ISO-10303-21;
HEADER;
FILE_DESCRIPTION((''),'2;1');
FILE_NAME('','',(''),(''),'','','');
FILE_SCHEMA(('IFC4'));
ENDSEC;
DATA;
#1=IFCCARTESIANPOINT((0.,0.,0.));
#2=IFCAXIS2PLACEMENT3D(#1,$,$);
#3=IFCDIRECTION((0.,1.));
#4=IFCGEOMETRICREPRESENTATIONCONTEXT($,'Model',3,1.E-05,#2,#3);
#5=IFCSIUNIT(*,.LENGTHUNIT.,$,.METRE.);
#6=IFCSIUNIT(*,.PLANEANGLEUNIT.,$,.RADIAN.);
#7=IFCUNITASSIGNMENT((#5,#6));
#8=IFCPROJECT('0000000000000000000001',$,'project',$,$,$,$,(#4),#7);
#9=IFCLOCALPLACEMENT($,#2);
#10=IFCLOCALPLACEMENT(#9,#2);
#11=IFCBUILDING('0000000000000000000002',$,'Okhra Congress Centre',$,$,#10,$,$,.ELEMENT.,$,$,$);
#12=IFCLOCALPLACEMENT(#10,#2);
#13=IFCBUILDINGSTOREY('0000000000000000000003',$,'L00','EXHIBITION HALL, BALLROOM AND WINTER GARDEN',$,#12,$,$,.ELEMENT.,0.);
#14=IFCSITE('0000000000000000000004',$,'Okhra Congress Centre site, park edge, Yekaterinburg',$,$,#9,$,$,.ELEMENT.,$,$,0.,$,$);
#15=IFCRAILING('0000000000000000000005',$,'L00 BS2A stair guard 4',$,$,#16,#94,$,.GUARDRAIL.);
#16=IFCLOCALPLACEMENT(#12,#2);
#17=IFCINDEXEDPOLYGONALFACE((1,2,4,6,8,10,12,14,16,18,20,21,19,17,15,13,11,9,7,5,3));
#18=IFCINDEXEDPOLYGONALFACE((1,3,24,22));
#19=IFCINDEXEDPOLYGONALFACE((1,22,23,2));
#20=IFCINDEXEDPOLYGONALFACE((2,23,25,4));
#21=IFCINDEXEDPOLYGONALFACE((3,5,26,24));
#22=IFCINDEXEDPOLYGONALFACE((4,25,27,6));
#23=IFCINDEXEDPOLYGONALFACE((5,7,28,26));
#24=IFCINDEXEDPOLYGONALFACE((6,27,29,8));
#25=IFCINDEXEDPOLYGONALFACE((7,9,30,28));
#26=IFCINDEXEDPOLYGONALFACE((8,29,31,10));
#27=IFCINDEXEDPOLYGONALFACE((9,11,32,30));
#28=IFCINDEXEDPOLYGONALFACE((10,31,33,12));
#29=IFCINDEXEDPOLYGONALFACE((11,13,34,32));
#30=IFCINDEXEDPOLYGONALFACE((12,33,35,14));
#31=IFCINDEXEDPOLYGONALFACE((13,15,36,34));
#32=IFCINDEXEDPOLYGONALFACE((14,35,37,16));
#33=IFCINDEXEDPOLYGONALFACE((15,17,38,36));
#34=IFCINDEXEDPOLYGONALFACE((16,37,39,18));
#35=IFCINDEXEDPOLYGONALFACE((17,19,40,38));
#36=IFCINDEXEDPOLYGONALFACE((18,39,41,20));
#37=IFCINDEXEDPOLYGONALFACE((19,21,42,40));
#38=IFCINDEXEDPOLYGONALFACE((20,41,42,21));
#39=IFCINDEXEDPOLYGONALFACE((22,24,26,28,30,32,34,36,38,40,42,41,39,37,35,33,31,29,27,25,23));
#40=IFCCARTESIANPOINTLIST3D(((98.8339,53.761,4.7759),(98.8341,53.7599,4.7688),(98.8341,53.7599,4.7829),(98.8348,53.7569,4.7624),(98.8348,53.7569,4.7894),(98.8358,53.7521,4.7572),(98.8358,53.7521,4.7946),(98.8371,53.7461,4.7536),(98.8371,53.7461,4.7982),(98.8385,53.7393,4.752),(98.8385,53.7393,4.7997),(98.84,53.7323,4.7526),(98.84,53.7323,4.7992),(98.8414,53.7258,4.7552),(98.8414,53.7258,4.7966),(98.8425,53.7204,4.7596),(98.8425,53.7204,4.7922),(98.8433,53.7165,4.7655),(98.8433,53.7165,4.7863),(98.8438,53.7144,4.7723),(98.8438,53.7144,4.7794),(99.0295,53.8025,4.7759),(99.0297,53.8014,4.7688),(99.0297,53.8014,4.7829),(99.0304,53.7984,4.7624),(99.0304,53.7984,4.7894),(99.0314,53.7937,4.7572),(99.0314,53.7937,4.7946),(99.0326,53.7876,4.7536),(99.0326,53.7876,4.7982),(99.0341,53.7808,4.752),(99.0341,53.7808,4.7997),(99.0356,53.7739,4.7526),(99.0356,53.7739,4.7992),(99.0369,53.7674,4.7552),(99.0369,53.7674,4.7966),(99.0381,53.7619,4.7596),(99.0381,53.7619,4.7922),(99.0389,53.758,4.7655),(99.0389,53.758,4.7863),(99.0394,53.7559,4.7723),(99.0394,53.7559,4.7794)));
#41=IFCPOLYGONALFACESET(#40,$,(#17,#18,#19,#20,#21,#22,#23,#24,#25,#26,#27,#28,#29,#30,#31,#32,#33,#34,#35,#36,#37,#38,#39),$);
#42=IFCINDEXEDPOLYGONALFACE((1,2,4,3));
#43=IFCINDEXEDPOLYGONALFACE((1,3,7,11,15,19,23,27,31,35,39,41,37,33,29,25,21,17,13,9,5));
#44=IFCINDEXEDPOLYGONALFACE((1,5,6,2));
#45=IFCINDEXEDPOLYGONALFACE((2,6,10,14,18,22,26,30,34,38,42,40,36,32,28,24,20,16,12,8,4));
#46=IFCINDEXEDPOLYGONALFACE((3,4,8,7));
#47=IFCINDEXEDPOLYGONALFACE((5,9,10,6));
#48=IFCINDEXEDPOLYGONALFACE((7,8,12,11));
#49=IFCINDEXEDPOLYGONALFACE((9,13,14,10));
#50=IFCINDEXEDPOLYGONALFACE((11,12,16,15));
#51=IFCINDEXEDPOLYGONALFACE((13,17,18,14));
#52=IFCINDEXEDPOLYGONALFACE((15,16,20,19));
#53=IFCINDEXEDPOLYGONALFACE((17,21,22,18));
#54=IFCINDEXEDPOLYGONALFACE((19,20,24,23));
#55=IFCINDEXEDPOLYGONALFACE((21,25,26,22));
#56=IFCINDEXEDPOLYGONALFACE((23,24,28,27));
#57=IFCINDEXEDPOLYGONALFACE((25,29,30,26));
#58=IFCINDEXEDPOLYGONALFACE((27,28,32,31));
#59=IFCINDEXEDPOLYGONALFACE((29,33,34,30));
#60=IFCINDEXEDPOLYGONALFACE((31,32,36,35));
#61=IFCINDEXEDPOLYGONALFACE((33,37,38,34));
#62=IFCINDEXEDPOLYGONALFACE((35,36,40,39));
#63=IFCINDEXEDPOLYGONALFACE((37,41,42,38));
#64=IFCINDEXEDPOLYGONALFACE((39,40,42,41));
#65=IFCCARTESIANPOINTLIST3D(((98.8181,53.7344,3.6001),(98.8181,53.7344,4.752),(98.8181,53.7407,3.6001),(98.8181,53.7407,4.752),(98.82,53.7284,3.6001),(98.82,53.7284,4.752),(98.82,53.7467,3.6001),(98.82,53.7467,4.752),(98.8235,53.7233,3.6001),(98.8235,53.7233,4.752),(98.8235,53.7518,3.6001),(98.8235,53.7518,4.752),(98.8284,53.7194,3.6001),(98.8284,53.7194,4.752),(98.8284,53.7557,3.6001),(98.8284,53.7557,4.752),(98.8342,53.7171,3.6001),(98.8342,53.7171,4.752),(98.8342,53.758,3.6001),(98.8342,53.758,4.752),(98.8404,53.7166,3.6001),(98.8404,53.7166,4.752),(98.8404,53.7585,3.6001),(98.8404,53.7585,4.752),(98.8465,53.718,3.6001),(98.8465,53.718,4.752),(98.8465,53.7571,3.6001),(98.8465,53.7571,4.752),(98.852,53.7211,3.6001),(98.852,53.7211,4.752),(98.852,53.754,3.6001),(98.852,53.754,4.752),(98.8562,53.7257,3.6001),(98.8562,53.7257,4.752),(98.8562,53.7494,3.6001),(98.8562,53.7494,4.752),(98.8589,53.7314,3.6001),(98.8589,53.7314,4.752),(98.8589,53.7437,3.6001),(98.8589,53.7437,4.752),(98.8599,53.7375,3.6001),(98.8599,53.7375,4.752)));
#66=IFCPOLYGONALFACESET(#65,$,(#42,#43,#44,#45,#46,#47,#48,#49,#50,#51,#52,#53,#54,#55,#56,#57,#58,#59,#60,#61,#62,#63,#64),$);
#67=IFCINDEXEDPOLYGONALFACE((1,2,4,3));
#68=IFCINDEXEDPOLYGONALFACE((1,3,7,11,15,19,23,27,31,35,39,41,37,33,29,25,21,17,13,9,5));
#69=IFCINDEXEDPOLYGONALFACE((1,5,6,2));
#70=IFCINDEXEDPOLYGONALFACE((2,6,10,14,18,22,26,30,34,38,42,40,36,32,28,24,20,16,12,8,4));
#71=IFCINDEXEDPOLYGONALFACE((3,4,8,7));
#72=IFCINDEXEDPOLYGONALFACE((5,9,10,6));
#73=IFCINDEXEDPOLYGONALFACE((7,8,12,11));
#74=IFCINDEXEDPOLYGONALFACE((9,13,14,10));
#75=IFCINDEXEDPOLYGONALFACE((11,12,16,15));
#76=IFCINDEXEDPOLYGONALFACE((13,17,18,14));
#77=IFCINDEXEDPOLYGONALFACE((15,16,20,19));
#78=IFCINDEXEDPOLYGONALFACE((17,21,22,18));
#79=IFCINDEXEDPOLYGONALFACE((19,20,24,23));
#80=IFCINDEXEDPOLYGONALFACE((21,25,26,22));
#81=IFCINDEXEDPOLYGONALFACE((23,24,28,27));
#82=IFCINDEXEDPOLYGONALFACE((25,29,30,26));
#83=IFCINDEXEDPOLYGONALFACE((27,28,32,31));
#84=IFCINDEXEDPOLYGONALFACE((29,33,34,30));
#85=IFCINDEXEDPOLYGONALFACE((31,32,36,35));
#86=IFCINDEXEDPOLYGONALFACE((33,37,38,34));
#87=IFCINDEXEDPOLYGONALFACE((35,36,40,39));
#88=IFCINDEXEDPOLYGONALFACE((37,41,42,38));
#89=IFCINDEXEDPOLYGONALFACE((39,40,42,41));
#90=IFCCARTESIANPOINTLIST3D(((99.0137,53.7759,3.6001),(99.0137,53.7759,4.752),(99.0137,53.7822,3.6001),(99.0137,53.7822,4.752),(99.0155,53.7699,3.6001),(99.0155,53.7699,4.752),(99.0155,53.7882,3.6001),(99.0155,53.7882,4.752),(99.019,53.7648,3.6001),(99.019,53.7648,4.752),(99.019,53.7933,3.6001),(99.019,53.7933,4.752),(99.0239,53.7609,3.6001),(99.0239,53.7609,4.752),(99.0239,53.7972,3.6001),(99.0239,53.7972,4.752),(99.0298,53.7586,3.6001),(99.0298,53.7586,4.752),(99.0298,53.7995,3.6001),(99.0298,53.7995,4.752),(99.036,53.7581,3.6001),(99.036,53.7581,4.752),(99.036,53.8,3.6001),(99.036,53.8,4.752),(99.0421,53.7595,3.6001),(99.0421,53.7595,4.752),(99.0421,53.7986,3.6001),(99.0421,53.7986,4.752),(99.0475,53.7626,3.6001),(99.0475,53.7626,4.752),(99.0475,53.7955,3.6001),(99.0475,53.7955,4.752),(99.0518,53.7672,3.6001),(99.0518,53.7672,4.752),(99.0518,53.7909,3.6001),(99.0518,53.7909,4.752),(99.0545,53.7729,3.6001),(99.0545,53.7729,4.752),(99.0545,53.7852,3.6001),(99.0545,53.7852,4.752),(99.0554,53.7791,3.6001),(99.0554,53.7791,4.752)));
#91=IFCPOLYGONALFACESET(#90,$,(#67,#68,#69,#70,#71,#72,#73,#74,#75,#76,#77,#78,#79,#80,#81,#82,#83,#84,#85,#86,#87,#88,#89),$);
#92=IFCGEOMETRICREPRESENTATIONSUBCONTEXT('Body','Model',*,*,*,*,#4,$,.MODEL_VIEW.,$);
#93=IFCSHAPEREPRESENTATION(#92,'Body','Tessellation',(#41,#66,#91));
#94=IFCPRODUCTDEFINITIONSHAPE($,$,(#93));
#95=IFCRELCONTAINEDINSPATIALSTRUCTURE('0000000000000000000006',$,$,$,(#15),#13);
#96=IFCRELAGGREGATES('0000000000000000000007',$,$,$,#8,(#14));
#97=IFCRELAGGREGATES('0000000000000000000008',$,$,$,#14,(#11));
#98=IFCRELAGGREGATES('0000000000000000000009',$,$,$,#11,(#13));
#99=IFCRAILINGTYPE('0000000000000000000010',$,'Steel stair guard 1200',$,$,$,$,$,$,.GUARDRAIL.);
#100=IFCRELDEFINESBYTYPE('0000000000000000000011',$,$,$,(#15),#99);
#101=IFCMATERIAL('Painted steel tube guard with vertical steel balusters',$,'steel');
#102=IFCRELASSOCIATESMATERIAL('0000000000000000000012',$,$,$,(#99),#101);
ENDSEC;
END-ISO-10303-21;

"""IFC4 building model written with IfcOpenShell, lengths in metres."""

from ifc_helpers import new_model, si_unit, direction, frame, origin, origin_2d, place, context, subcontext, project, spatial, circle, extrude, material, type_object, element, save


model = new_model("IFC4")

# Units and contexts
model_context = context("Model", 3, precision=1e-05, world=origin(), true_north=direction((0.0, 1.0)))
body_context = subcontext(model_context, "Body", "Model", "MODEL_VIEW")
ifc_project = project(units=[si_unit("LENGTHUNIT", "METRE"), si_unit("PLANEANGLEUNIT", "RADIAN")], contexts=[model_context])

# Site, building, storey
site_placement = place(None, origin())
site = spatial("IfcSite", under=ifc_project, at=site_placement, Name="Okhra Congress Centre site, park edge, Yekaterinburg", CompositionType="ELEMENT", RefElevation=0.0)
building_placement = place(site_placement, origin())
building = spatial("IfcBuilding", under=site, at=building_placement, Name="Okhra Congress Centre", CompositionType="ELEMENT")
storey_placement = place(building_placement, origin())
storey = spatial("IfcBuildingStorey", under=building, at=storey_placement, Name="L00", Description="EXHIBITION HALL, BALLROOM AND WINTER GARDEN", CompositionType="ELEMENT", Elevation=0.0)

# Railing
ifc_material_1 = material(Name="Painted steel tube guard with vertical steel balusters", Category="steel")
railing_type_1 = type_object("IfcRailingType", Name="Steel stair guard 1200", PredefinedType="GUARDRAIL", material=ifc_material_1)
railing_1_placement = place(storey_placement, frame((98.8389, 53.7375, 3.6001)))
element("IfcRailing", 1, at=railing_1_placement, inside=storey, type_object=railing_type_1, Name="L00 BS2A stair guard 4", PredefinedType="GUARDRAIL", context=body_context, shape_type="SweptSolid", body=[
    extrude(circle(Radius=0.0239, at=origin_2d()), frame((0.0, 0.0, 1.1758), z_axis=(0.978212, 0.20761, 0.0), x_axis=(-0.20761, 0.978212, 0.0)), (0.0, 0.0, 1.0), 0.2),
    extrude(circle(Radius=0.021, at=origin_2d()), origin(), (0.0, 0.0, 1.0), 1.1519),
    extrude(circle(Radius=0.021, at=origin_2d()), frame((0.1956, 0.0415, 0.0)), (0.0, 0.0, 1.0), 1.1519),
])

save(model, "model.ifc")
